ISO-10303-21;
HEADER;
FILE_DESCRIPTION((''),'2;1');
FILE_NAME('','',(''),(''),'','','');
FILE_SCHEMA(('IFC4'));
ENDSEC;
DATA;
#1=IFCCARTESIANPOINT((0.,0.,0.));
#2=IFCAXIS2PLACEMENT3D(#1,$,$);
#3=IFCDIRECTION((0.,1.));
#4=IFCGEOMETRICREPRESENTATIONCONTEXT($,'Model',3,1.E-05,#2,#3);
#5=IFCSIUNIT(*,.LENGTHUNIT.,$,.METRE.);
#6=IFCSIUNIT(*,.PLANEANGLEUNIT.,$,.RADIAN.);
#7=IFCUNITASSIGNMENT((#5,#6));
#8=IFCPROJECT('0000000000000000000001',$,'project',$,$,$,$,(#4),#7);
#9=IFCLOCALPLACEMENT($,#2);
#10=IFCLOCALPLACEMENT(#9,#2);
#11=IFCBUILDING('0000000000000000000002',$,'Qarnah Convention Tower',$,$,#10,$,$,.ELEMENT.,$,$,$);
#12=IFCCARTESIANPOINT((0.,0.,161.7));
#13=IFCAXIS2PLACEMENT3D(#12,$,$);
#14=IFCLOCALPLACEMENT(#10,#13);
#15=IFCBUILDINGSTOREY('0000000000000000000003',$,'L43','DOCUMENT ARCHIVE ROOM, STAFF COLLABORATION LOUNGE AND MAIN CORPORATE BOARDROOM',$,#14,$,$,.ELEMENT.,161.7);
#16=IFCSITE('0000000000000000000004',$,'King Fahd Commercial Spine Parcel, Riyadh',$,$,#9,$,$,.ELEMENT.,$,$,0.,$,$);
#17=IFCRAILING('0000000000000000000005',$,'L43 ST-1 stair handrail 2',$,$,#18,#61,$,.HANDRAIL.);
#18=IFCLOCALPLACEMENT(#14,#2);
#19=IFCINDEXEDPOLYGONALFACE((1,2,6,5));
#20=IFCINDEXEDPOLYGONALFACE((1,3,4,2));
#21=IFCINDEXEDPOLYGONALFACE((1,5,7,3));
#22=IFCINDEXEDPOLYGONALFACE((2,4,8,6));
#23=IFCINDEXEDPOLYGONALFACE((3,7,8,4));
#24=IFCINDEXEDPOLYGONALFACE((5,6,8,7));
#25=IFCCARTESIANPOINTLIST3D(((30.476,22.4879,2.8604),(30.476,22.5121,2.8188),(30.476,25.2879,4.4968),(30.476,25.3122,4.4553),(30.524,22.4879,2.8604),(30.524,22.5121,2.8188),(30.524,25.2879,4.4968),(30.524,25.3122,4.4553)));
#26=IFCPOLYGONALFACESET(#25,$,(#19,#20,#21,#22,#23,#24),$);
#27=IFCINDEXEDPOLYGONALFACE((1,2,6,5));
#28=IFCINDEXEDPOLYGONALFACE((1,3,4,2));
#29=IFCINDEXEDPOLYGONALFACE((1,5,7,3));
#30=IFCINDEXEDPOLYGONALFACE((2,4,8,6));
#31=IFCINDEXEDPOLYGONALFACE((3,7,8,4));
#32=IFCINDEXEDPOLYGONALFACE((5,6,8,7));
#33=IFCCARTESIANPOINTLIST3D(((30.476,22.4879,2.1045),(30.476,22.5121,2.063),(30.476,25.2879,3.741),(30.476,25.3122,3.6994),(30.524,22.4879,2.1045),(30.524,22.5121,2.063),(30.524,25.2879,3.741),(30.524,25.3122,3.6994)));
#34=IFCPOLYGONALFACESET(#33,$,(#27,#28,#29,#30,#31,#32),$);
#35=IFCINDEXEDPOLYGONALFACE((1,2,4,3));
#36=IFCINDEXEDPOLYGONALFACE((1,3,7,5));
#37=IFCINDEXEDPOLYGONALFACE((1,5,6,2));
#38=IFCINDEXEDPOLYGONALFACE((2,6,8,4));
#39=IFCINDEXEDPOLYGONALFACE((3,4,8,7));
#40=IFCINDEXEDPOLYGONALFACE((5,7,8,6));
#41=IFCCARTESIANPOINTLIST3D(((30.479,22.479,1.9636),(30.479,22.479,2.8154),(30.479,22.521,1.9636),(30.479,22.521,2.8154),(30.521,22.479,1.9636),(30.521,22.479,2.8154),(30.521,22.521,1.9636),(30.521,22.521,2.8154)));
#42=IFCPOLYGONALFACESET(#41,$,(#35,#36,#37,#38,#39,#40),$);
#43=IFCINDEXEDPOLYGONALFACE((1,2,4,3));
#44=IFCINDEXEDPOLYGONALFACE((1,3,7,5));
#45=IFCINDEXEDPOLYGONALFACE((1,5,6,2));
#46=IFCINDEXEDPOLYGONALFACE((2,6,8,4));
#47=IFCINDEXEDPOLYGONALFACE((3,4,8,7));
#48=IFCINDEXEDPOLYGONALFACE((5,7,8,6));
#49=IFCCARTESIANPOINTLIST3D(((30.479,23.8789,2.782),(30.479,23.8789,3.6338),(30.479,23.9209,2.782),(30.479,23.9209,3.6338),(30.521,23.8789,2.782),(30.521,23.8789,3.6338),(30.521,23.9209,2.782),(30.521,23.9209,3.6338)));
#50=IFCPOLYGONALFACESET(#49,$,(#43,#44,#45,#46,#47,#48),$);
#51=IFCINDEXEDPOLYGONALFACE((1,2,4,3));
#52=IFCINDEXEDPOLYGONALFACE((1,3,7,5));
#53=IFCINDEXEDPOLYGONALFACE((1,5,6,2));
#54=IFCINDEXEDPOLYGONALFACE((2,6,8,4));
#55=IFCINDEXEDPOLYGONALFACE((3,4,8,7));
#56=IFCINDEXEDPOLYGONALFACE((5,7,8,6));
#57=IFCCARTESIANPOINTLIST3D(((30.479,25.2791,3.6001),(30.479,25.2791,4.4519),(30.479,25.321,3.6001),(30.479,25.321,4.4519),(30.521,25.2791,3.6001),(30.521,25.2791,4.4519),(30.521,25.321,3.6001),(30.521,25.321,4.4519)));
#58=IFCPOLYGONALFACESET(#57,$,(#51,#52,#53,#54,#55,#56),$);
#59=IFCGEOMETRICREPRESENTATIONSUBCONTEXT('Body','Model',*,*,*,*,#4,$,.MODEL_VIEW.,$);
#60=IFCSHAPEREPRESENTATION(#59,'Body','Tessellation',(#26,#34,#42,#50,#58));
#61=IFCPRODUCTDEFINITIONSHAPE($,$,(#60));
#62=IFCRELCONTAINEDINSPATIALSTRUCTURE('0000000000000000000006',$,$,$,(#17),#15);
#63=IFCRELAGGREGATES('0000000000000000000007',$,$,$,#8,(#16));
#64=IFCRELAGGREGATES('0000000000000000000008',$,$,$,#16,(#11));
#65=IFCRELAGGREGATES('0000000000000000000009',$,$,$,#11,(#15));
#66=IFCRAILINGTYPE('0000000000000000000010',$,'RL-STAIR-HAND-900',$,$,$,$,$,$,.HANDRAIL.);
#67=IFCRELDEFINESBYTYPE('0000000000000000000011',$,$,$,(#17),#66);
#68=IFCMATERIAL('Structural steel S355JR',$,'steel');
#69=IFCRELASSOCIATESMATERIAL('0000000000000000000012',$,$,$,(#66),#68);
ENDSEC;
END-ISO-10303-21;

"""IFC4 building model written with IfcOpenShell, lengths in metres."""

from ifc_helpers import new_model, si_unit, direction, frame, origin, origin_2d, place, context, subcontext, project, spatial, rectangle, extrude, material, type_object, element, save


model = new_model("IFC4")

# Units and contexts
model_context = context("Model", 3, precision=1e-05, world=origin(), true_north=direction((0.0, 1.0)))
body_context = subcontext(model_context, "Body", "Model", "MODEL_VIEW")
ifc_project = project(units=[si_unit("LENGTHUNIT", "METRE"), si_unit("PLANEANGLEUNIT", "RADIAN")], contexts=[model_context])

# Site, building, storey
site_placement = place(None, origin())
site = spatial("IfcSite", under=ifc_project, at=site_placement, Name="King Fahd Commercial Spine Parcel, Riyadh", CompositionType="ELEMENT", RefElevation=0.0)
building_placement = place(site_placement, origin())
building = spatial("IfcBuilding", under=site, at=building_placement, Name="Qarnah Convention Tower", CompositionType="ELEMENT")
storey_placement = place(building_placement, frame((0.0, 0.0, 161.7)))
storey = spatial("IfcBuildingStorey", under=building, at=storey_placement, Name="L43", Description="DOCUMENT ARCHIVE ROOM, STAFF COLLABORATION LOUNGE AND MAIN CORPORATE BOARDROOM", CompositionType="ELEMENT", Elevation=161.7)

# Shared definitions
ifc_material_1 = material(Name="Structural steel S355JR", Category="steel")

# Railing
railing_type_1 = type_object("IfcRailingType", Name="RL-STAIR-HAND-900", PredefinedType="HANDRAIL", material=ifc_material_1)
railing_1_placement = place(storey_placement, frame((30.5, 22.5, 1.9636)))
element("IfcRailing", 1, at=railing_1_placement, inside=storey, type_object=railing_type_1, Name="L43 ST-1 stair handrail 2", PredefinedType="HANDRAIL", context=body_context, shape_type="SweptSolid", body=[
    extrude(rectangle(XDim=0.0481, YDim=0.0481, at=origin_2d()), frame((0.0, 0.0, 0.876), z_axis=(0.0, 0.863361, 0.504587), x_axis=(-1.0, 0.0, 0.0)), (0.0, 0.0, 1.0), 3.2432),
    extrude(rectangle(XDim=0.0481, YDim=0.0481, at=origin_2d()), frame((0.0, 0.0, 0.1201), z_axis=(0.0, 0.863361, 0.504587), x_axis=(-1.0, 0.0, 0.0)), (0.0, 0.0, 1.0), 3.2432),
    extrude(rectangle(XDim=0.042, YDim=0.042, at=origin_2d()), origin(), (0.0, 0.0, 1.0), 0.8518),
    extrude(rectangle(XDim=0.042, YDim=0.042, at=origin_2d()), frame((0.0, 1.3999, 0.8184)), (0.0, 0.0, 1.0), 0.8518),
    extrude(rectangle(XDim=0.042, YDim=0.042, at=origin_2d()), frame((0.0, 2.8, 1.6365)), (0.0, 0.0, 1.0), 0.8518),
])

save(model, "model.ifc")
